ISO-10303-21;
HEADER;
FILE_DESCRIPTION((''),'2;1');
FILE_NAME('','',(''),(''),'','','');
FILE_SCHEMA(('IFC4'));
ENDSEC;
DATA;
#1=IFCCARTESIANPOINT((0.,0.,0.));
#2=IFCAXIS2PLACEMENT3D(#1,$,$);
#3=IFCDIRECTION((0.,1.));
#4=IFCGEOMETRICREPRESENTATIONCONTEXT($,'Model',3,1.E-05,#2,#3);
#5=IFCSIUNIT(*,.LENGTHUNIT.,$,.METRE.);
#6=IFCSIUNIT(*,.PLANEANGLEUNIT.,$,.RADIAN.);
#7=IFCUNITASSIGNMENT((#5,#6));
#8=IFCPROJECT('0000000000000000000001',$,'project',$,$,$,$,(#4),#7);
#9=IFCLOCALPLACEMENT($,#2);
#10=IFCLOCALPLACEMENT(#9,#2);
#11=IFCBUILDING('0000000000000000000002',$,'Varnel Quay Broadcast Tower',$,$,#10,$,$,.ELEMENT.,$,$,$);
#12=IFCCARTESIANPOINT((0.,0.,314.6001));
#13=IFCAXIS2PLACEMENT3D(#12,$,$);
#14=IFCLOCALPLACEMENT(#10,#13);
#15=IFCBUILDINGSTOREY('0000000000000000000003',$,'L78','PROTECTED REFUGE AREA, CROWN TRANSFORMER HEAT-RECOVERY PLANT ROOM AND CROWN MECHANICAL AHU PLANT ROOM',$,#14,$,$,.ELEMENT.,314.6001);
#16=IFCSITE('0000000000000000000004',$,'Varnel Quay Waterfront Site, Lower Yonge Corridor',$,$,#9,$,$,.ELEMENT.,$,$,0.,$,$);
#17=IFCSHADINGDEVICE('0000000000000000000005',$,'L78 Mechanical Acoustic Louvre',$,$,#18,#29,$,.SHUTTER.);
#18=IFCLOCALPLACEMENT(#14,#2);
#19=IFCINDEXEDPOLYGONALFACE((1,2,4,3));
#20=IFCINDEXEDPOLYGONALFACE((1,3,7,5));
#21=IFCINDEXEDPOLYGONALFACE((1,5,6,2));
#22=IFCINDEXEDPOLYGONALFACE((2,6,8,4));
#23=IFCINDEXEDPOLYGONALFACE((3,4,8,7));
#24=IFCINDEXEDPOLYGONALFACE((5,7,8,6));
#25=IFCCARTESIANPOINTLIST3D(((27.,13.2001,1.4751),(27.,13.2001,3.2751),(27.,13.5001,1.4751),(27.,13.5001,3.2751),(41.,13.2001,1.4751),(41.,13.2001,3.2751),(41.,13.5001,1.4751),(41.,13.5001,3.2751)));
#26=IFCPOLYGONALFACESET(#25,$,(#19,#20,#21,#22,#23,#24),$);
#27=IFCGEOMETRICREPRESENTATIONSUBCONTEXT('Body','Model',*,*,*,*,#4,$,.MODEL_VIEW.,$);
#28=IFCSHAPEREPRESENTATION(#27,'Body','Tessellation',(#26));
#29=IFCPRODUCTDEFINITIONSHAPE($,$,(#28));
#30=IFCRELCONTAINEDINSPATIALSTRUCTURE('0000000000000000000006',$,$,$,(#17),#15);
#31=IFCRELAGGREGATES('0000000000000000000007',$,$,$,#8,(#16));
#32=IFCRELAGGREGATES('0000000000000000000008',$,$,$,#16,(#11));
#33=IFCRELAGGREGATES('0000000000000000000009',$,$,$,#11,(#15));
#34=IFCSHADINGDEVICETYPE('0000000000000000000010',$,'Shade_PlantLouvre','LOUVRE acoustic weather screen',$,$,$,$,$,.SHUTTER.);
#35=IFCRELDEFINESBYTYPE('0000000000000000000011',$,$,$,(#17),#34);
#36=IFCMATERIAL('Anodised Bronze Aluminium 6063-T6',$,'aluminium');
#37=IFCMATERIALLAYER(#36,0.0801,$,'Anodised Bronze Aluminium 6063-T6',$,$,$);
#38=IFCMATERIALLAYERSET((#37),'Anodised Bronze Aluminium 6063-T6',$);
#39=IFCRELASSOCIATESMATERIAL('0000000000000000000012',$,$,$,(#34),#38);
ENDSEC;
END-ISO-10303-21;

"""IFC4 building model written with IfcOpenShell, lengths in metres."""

from ifc_helpers import new_model, si_unit, direction, frame, origin, origin_2d, place, context, subcontext, project, spatial, rectangle, extrude, source, transform, mapped, material, layer, layer_set, type_object, type_shapes, element, save


model = new_model("IFC4")

# Units and contexts
model_context = context("Model", 3, precision=1e-05, world=origin(), true_north=direction((0.0, 1.0)))
body_context = subcontext(model_context, "Body", "Model", "MODEL_VIEW")
ifc_project = project(units=[si_unit("LENGTHUNIT", "METRE"), si_unit("PLANEANGLEUNIT", "RADIAN")], contexts=[model_context])

# Site, building, storey
site_placement = place(None, origin())
site = spatial("IfcSite", under=ifc_project, at=site_placement, Name="Varnel Quay Waterfront Site, Lower Yonge Corridor", CompositionType="ELEMENT", RefElevation=0.0)
building_placement = place(site_placement, origin())
building = spatial("IfcBuilding", under=site, at=building_placement, Name="Varnel Quay Broadcast Tower", CompositionType="ELEMENT")
storey_placement = place(building_placement, frame((0.0, 0.0, 314.6001)))
storey = spatial("IfcBuildingStorey", under=building, at=storey_placement, Name="L78", Description="PROTECTED REFUGE AREA, CROWN TRANSFORMER HEAT-RECOVERY PLANT ROOM AND CROWN MECHANICAL AHU PLANT ROOM", CompositionType="ELEMENT", Elevation=314.6001)

# Shared definitions
ifc_material_1 = material(Name="Anodised Bronze Aluminium 6063-T6", Category="aluminium")

# Shading device
ifc_layer_1 = layer(ifc_material_1, 0.0801, Name="Anodised Bronze Aluminium 6063-T6")
ifc_layer_set_1 = layer_set([ifc_layer_1], Name="Anodised Bronze Aluminium 6063-T6")
shading_device_type = type_object("IfcShadingDeviceType", Name="Shade_PlantLouvre", Description="LOUVRE acoustic weather screen", PredefinedType="SHUTTER", material=ifc_layer_set_1)
shared_shape_1 = source(origin(), body_context, "Body", "SweptSolid", [
    extrude(rectangle(XDim=14.0, YDim=0.3, at=origin_2d()), origin(), (0.0, 0.0, 1.0), 1.8),
])
type_shapes(shading_device_type, [shared_shape_1])
shading_device_placement = place(storey_placement, frame((34.0, 13.3501, 1.4751), z_axis=(0.0, 0.0, 1.0), x_axis=(1.0, 0.0, 0.0)))
element("IfcShadingDevice", 1, at=shading_device_placement, inside=storey, type_object=shading_device_type, Name="L78 Mechanical Acoustic Louvre", PredefinedType="SHUTTER", context=body_context, shape_type="MappedRepresentation", body=[
    mapped(shared_shape_1, transform((0.0, 0.0, 0.0), x_axis=(1.0, 0.0, 0.0), y_axis=(0.0, 1.0, 0.0), z_axis=(0.0, 0.0, 1.0), scale=1.0)),
])

save(model, "model.ifc")
